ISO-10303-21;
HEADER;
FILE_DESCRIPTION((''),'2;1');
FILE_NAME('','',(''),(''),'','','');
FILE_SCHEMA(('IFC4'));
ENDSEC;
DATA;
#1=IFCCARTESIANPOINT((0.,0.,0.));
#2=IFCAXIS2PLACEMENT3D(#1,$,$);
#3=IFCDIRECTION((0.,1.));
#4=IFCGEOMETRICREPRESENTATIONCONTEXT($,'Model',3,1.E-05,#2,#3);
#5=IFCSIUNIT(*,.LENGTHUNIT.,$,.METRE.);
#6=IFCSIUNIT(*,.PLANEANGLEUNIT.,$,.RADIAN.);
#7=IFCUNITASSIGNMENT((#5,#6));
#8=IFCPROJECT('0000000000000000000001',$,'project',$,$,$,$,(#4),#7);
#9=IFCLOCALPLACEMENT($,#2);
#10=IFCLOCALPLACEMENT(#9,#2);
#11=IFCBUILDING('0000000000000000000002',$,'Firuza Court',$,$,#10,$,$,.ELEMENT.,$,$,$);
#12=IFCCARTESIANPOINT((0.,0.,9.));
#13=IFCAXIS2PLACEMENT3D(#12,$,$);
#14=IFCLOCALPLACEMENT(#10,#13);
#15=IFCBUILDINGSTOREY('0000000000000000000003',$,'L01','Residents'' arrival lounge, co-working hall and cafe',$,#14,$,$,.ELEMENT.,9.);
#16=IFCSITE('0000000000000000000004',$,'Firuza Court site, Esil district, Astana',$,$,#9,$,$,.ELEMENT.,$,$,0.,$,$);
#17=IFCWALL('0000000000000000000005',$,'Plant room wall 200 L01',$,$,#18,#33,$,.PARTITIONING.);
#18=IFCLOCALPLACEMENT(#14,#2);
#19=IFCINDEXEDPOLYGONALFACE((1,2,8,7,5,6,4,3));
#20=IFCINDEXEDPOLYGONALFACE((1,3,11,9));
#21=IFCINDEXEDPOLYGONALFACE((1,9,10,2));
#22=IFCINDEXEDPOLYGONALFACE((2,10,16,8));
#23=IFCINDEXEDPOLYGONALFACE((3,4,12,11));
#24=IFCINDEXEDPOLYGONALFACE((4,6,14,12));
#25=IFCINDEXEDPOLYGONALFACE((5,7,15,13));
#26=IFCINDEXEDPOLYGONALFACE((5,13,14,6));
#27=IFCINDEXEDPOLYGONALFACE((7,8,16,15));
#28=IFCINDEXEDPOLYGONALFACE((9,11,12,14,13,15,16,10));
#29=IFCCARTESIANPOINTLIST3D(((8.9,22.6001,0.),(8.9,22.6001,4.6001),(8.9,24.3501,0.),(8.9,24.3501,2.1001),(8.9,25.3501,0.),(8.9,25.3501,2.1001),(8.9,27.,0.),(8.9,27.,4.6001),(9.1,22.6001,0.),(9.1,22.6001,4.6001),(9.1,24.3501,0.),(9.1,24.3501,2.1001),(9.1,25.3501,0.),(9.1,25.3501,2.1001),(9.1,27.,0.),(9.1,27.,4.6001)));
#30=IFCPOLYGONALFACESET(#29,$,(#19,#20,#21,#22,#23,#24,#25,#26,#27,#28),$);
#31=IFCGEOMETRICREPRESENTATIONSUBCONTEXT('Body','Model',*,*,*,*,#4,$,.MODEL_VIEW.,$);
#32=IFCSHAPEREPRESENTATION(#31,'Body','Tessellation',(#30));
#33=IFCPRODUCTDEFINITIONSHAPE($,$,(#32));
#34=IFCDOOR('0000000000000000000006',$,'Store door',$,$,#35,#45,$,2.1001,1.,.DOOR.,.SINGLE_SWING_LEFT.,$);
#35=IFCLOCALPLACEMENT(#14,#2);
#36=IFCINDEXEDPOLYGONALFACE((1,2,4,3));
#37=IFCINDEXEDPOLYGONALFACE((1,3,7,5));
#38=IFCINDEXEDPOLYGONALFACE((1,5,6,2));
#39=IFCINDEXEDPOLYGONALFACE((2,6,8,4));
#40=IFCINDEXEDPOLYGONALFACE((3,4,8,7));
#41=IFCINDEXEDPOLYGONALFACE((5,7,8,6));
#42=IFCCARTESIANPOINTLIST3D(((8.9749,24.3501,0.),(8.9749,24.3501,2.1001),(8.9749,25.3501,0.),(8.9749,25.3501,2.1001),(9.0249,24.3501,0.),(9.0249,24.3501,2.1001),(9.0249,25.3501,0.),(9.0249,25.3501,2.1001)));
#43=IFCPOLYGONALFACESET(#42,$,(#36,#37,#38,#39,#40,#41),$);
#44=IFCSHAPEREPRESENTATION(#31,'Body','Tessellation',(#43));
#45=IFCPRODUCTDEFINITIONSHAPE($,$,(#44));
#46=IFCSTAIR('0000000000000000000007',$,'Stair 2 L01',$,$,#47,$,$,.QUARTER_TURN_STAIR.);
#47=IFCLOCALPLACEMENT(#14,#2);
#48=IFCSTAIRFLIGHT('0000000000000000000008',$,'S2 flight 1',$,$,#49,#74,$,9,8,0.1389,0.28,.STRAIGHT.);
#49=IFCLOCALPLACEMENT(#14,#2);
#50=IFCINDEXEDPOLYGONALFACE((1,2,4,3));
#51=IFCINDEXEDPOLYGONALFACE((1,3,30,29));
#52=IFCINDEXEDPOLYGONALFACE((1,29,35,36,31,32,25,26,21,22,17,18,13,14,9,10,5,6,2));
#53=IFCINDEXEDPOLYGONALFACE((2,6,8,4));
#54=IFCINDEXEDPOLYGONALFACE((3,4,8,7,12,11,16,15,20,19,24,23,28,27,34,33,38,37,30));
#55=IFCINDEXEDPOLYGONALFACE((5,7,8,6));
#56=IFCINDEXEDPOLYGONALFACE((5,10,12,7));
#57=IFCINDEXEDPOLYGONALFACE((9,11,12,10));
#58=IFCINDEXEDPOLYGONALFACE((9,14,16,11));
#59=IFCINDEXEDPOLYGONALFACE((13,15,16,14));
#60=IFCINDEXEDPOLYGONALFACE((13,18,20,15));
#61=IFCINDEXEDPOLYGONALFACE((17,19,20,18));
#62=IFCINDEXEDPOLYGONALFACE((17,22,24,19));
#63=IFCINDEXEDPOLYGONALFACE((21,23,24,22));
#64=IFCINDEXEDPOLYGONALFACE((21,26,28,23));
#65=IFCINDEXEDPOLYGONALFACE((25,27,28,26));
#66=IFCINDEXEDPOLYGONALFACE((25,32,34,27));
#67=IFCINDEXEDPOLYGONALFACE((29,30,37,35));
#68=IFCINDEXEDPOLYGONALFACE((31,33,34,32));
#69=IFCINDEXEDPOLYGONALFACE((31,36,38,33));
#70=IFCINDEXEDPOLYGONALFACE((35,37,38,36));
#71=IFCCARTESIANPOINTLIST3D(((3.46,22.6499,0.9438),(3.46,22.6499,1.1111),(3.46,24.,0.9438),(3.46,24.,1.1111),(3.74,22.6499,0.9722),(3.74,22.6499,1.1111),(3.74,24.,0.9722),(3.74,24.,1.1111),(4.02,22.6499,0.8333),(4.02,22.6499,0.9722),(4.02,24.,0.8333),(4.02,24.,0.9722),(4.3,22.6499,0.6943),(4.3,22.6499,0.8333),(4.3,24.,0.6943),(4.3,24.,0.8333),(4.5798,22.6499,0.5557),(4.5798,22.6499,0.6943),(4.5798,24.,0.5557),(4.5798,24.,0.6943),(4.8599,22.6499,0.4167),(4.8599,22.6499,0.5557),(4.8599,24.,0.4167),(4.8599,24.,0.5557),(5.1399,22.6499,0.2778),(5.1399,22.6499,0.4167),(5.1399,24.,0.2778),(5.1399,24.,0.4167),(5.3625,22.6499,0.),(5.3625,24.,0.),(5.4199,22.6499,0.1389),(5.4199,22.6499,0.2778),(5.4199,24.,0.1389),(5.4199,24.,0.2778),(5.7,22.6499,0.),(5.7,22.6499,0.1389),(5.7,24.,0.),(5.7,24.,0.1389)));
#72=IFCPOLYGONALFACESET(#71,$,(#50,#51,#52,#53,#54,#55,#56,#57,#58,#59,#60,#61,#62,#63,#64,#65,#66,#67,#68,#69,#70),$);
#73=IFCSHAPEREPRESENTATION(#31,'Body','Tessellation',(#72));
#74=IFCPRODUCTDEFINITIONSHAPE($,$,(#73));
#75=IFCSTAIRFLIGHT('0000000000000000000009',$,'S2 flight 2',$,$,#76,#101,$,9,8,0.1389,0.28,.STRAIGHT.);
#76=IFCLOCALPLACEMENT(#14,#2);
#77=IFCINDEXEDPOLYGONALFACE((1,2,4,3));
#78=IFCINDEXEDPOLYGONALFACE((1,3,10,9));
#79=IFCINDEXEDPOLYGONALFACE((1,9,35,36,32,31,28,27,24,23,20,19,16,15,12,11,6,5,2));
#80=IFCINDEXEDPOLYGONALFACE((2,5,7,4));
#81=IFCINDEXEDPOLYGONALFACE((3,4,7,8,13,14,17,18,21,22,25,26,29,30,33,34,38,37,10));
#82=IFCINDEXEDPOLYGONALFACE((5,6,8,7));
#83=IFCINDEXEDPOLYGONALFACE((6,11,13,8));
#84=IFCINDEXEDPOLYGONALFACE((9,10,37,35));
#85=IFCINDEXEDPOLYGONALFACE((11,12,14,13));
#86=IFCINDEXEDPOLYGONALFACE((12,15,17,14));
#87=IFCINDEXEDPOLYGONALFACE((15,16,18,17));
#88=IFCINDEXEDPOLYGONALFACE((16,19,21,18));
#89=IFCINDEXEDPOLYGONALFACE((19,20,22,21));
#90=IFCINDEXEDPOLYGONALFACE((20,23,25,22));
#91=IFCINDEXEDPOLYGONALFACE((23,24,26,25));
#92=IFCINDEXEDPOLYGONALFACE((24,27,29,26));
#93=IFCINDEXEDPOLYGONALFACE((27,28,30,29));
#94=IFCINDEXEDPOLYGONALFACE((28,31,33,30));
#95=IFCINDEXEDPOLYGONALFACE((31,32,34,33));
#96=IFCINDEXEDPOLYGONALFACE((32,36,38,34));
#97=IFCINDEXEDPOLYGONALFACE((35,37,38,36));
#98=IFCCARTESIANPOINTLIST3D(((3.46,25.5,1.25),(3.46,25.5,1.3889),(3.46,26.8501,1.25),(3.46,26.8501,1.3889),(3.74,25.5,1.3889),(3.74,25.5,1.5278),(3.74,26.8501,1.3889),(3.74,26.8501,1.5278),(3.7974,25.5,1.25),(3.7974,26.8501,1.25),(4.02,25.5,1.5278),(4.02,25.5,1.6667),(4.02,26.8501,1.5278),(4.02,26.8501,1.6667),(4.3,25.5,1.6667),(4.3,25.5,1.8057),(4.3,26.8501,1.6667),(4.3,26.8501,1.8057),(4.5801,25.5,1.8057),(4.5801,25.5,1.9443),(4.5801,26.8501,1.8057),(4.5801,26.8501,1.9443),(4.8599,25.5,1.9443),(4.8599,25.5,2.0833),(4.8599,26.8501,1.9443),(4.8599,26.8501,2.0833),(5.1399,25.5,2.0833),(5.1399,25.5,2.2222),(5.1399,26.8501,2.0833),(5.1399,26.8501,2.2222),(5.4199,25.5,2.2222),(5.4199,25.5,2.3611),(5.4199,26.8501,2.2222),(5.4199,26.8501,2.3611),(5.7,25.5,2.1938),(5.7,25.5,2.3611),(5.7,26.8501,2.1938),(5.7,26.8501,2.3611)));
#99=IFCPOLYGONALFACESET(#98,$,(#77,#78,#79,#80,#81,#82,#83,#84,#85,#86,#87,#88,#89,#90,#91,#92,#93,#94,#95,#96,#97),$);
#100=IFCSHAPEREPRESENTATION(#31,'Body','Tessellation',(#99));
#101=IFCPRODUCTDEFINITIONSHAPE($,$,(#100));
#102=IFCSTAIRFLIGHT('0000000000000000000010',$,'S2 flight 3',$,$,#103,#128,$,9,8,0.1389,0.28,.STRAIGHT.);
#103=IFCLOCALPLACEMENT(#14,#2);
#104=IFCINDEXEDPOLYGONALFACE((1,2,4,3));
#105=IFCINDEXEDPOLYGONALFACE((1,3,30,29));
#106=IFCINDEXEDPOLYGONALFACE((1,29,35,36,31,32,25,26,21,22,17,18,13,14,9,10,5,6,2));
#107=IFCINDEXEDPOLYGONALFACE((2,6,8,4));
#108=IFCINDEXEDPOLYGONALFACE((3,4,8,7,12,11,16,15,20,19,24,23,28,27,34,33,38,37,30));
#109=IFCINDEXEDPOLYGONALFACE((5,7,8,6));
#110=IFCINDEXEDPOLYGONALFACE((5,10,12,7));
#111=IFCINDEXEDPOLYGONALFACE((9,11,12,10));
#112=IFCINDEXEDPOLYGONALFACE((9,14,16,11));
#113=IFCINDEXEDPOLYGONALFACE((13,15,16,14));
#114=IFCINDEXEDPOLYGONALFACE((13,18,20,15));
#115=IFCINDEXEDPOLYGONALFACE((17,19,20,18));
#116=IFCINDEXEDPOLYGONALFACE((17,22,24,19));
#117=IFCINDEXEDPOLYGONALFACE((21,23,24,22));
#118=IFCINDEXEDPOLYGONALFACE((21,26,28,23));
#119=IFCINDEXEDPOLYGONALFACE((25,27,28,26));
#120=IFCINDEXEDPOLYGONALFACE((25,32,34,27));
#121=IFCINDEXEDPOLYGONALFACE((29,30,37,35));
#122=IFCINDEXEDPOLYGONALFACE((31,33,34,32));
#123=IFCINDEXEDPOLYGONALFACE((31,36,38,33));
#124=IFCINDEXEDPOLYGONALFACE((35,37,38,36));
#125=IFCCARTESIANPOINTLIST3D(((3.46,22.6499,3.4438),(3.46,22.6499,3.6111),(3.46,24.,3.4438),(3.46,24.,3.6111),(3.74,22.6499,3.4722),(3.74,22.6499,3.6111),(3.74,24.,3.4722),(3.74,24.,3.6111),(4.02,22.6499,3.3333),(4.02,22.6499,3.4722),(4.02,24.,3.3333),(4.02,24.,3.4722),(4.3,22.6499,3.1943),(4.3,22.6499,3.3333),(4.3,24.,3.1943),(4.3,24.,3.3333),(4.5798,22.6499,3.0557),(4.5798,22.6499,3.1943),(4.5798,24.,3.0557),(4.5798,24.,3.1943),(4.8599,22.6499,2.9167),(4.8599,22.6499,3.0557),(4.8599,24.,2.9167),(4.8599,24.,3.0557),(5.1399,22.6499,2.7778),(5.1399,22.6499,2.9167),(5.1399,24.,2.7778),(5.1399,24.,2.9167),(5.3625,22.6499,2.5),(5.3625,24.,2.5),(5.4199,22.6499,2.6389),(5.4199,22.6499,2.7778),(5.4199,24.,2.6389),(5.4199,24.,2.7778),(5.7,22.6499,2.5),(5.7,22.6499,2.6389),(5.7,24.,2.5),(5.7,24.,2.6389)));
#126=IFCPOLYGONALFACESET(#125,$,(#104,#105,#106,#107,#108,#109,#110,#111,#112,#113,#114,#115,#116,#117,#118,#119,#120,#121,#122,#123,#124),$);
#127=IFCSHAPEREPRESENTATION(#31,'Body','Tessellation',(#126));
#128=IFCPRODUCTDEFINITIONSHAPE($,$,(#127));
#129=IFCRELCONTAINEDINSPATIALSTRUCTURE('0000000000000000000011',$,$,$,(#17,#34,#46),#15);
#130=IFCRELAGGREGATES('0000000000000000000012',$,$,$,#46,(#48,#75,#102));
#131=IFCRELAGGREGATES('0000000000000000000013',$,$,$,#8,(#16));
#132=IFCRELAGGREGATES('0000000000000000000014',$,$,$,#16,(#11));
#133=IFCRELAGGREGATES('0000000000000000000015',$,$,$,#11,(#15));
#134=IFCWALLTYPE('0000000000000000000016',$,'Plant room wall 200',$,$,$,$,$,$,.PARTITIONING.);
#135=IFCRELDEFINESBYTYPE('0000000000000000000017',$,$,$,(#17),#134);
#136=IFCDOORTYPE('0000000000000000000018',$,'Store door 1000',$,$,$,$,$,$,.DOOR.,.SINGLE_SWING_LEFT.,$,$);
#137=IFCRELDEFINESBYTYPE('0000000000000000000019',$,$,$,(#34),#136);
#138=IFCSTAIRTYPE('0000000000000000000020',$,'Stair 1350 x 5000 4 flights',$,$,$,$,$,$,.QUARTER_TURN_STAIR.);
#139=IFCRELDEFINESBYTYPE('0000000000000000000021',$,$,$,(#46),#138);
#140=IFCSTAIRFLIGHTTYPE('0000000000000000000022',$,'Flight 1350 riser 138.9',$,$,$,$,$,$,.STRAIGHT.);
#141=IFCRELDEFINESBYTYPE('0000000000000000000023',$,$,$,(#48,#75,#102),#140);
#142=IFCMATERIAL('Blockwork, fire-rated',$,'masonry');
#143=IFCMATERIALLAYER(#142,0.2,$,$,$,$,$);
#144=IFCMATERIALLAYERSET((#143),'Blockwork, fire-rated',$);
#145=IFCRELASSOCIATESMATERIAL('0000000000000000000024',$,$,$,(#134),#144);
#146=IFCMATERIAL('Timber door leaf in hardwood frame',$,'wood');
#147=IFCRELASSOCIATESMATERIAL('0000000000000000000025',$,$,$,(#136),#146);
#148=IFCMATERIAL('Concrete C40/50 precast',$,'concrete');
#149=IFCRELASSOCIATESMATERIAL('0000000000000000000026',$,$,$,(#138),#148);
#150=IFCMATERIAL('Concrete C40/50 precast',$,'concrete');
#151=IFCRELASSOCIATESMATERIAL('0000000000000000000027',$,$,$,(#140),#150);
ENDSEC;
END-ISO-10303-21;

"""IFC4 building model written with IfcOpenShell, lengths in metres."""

from ifc_helpers import new_model, si_unit, direction, frame, frame_2d, origin, place, context, subcontext, project, spatial, polyline, rectangle, outline, extrude, material, layer, layer_set, type_object, element, fill, aggregate, save


model = new_model("IFC4")

# Units and contexts
model_context = context("Model", 3, precision=1e-05, world=origin(), true_north=direction((0.0, 1.0)))
body_context = subcontext(model_context, "Body", "Model", "MODEL_VIEW")
ifc_project = project(units=[si_unit("LENGTHUNIT", "METRE"), si_unit("PLANEANGLEUNIT", "RADIAN")], contexts=[model_context])

# Site, building, storey
site_placement = place(None, origin())
site = spatial("IfcSite", under=ifc_project, at=site_placement, Name="Firuza Court site, Esil district, Astana", CompositionType="ELEMENT", RefElevation=0.0)
building_placement = place(site_placement, origin())
building = spatial("IfcBuilding", under=site, at=building_placement, Name="Firuza Court", CompositionType="ELEMENT")
storey_placement = place(building_placement, frame((0.0, 0.0, 9.0)))
storey = spatial("IfcBuildingStorey", under=building, at=storey_placement, Name="L01", Description="Residents' arrival lounge, co-working hall and cafe", CompositionType="ELEMENT", Elevation=9.0)

# Wall, opening, door
ifc_material_1 = material(Name="Blockwork, fire-rated", Category="masonry")
ifc_layer_1 = layer(ifc_material_1, 0.2)
ifc_layer_set_1 = layer_set([ifc_layer_1], Name="Blockwork, fire-rated")
wall_type_1 = type_object("IfcWallType", Name="Plant room wall 200", PredefinedType="PARTITIONING", material=ifc_layer_set_1)
wall_1_placement = place(storey_placement, frame((9.0, 22.6001, 0.0), z_axis=(0.0, 0.0, 1.0), x_axis=(0.0, 1.0, 0.0)))
wall_1 = element("IfcWall", 1, at=wall_1_placement, inside=storey, type_object=wall_type_1, Name="Plant room wall 200 L01", PredefinedType="PARTITIONING", context=body_context, shape_type="SweptSolid", body=[
    extrude(rectangle(XDim=4.3999, YDim=0.2, at=frame_2d((2.2, 0.0))), origin(), (0.0, 0.0, 1.0), 4.6001),
])
opening_1_placement = place(wall_1_placement, frame((1.75, 0.0, 0.0)))
opening_1 = element("IfcOpeningElement", 2, at=opening_1_placement, cuts=wall_1, PredefinedType="OPENING", context=body_context, shape_type="SweptSolid", body=[
    extrude(rectangle(XDim=1.0, YDim=2.1001, at=frame_2d((0.5, 1.05))), frame((0.0, 0.1118, 0.0), z_axis=(0.0, -1.0, 0.0), x_axis=(1.0, 0.0, 0.0)), (0.0, 0.0, 1.0), 0.2239),
])
ifc_material_2 = material(Name="Timber door leaf in hardwood frame", Category="wood")
door_type_1 = type_object("IfcDoorType", Name="Store door 1000", OperationType="SINGLE_SWING_LEFT", PredefinedType="DOOR", material=ifc_material_2)
door_1_placement = place(opening_1_placement, frame((1.0, 0.0, 0.0), z_axis=(0.0, 0.0, 1.0), x_axis=(-1.0, 0.0, 0.0)))
door_1 = element("IfcDoor", 3, at=door_1_placement, inside=storey, type_object=door_type_1, Name="Store door", OperationType="SINGLE_SWING_LEFT", OverallHeight=2.1001, OverallWidth=1.0, PredefinedType="DOOR", context=body_context, shape_type="SweptSolid", body=[
    extrude(rectangle(XDim=1.0, YDim=2.1001, at=frame_2d((0.5, 1.05))), frame((0.0, 0.0249, 0.0), z_axis=(0.0, -1.0, 0.0), x_axis=(1.0, 0.0, 0.0)), (0.0, 0.0, 1.0), 0.05),
])
fill(opening_1, door_1)

# Stair, stair flights
ifc_material_3 = material(Name="Concrete C40/50 precast", Category="concrete")
stair_type = type_object("IfcStairType", Name="Stair 1350 x 5000 4 flights", PredefinedType="QUARTER_TURN_STAIR", material=ifc_material_3)
stair_placement = place(storey_placement, origin())
stair = element("IfcStair", 4, at=stair_placement, inside=storey, type_object=stair_type, Name="Stair 2 L01", PredefinedType="QUARTER_TURN_STAIR")
ifc_material_4 = material(Name="Concrete C40/50 precast", Category="concrete")
stair_flight_type = type_object("IfcStairFlightType", Name="Flight 1350 riser 138.9", PredefinedType="STRAIGHT", material=ifc_material_4)
stair_flight_1_placement = place(storey_placement, frame((5.7, 23.325, 0.0), z_axis=(0.0, 0.0, 1.0), x_axis=(-1.0, 0.0, 0.0)))
stair_flight_1 = element("IfcStairFlight", 5, at=stair_flight_1_placement, type_object=stair_flight_type, Name="S2 flight 1", NumberOfRisers=9, NumberOfTreads=8, PredefinedType="STRAIGHT", RiserHeight=0.1389, TreadLength=0.28, context=body_context, shape_type="SweptSolid", body=[
    extrude(outline(polyline([(0.0, 0.0), (0.0, 0.1389), (0.28, 0.1389), (0.28, 0.2778), (0.5601, 0.2778), (0.5601, 0.4167), (0.8401, 0.4167), (0.8401, 0.5557), (1.1201, 0.5557), (1.1201, 0.6943), (1.3999, 0.6943), (1.3999, 0.8333), (1.6799, 0.8333), (1.6799, 0.9722), (1.96, 0.9722), (1.96, 1.1111), (2.24, 1.1111), (2.24, 1.25), (2.24, 0.9438), (0.3374, 0.0), (0.0, 0.0)])), frame((0.0, 0.675, 0.0), z_axis=(0.0, -1.0, 0.0), x_axis=(1.0, 0.0, 0.0)), (0.0, 0.0, 1.0), 1.3501),
])
stair_flight_2_placement = place(storey_placement, frame((3.46, 26.175, 1.25), z_axis=(0.0, 0.0, 1.0), x_axis=(1.0, 0.0, 0.0)))
stair_flight_2 = element("IfcStairFlight", 6, at=stair_flight_2_placement, type_object=stair_flight_type, Name="S2 flight 2", NumberOfRisers=9, NumberOfTreads=8, PredefinedType="STRAIGHT", RiserHeight=0.1389, TreadLength=0.28, context=body_context, shape_type="SweptSolid", body=[
    extrude(outline(polyline([(0.0, 0.0), (0.0, 0.1389), (0.28, 0.1389), (0.28, 0.2778), (0.5601, 0.2778), (0.5601, 0.4167), (0.8401, 0.4167), (0.8401, 0.5557), (1.1201, 0.5557), (1.1201, 0.6943), (1.3999, 0.6943), (1.3999, 0.8333), (1.6799, 0.8333), (1.6799, 0.9722), (1.96, 0.9722), (1.96, 1.1111), (2.24, 1.1111), (2.24, 1.25), (2.24, 0.9438), (0.3374, 0.0), (0.0, 0.0)])), frame((0.0, 0.675, 0.0), z_axis=(0.0, -1.0, 0.0), x_axis=(1.0, 0.0, 0.0)), (0.0, 0.0, 1.0), 1.3501),
])
stair_flight_3_placement = place(storey_placement, frame((5.7, 23.325, 2.5), z_axis=(0.0, 0.0, 1.0), x_axis=(-1.0, 0.0, 0.0)))
stair_flight_3 = element("IfcStairFlight", 7, at=stair_flight_3_placement, type_object=stair_flight_type, Name="S2 flight 3", NumberOfRisers=9, NumberOfTreads=8, PredefinedType="STRAIGHT", RiserHeight=0.1389, TreadLength=0.28, context=body_context, shape_type="SweptSolid", body=[
    extrude(outline(polyline([(0.0, 0.0), (0.0, 0.1389), (0.28, 0.1389), (0.28, 0.2778), (0.5601, 0.2778), (0.5601, 0.4167), (0.8401, 0.4167), (0.8401, 0.5557), (1.1201, 0.5557), (1.1201, 0.6943), (1.3999, 0.6943), (1.3999, 0.8333), (1.6799, 0.8333), (1.6799, 0.9722), (1.96, 0.9722), (1.96, 1.1111), (2.24, 1.1111), (2.24, 1.25), (2.24, 0.9438), (0.3374, 0.0), (0.0, 0.0)])), frame((0.0, 0.675, 0.0), z_axis=(0.0, -1.0, 0.0), x_axis=(1.0, 0.0, 0.0)), (0.0, 0.0, 1.0), 1.3501),
])
aggregate(stair, [stair_flight_1, stair_flight_2, stair_flight_3])

save(model, "model.ifc")
